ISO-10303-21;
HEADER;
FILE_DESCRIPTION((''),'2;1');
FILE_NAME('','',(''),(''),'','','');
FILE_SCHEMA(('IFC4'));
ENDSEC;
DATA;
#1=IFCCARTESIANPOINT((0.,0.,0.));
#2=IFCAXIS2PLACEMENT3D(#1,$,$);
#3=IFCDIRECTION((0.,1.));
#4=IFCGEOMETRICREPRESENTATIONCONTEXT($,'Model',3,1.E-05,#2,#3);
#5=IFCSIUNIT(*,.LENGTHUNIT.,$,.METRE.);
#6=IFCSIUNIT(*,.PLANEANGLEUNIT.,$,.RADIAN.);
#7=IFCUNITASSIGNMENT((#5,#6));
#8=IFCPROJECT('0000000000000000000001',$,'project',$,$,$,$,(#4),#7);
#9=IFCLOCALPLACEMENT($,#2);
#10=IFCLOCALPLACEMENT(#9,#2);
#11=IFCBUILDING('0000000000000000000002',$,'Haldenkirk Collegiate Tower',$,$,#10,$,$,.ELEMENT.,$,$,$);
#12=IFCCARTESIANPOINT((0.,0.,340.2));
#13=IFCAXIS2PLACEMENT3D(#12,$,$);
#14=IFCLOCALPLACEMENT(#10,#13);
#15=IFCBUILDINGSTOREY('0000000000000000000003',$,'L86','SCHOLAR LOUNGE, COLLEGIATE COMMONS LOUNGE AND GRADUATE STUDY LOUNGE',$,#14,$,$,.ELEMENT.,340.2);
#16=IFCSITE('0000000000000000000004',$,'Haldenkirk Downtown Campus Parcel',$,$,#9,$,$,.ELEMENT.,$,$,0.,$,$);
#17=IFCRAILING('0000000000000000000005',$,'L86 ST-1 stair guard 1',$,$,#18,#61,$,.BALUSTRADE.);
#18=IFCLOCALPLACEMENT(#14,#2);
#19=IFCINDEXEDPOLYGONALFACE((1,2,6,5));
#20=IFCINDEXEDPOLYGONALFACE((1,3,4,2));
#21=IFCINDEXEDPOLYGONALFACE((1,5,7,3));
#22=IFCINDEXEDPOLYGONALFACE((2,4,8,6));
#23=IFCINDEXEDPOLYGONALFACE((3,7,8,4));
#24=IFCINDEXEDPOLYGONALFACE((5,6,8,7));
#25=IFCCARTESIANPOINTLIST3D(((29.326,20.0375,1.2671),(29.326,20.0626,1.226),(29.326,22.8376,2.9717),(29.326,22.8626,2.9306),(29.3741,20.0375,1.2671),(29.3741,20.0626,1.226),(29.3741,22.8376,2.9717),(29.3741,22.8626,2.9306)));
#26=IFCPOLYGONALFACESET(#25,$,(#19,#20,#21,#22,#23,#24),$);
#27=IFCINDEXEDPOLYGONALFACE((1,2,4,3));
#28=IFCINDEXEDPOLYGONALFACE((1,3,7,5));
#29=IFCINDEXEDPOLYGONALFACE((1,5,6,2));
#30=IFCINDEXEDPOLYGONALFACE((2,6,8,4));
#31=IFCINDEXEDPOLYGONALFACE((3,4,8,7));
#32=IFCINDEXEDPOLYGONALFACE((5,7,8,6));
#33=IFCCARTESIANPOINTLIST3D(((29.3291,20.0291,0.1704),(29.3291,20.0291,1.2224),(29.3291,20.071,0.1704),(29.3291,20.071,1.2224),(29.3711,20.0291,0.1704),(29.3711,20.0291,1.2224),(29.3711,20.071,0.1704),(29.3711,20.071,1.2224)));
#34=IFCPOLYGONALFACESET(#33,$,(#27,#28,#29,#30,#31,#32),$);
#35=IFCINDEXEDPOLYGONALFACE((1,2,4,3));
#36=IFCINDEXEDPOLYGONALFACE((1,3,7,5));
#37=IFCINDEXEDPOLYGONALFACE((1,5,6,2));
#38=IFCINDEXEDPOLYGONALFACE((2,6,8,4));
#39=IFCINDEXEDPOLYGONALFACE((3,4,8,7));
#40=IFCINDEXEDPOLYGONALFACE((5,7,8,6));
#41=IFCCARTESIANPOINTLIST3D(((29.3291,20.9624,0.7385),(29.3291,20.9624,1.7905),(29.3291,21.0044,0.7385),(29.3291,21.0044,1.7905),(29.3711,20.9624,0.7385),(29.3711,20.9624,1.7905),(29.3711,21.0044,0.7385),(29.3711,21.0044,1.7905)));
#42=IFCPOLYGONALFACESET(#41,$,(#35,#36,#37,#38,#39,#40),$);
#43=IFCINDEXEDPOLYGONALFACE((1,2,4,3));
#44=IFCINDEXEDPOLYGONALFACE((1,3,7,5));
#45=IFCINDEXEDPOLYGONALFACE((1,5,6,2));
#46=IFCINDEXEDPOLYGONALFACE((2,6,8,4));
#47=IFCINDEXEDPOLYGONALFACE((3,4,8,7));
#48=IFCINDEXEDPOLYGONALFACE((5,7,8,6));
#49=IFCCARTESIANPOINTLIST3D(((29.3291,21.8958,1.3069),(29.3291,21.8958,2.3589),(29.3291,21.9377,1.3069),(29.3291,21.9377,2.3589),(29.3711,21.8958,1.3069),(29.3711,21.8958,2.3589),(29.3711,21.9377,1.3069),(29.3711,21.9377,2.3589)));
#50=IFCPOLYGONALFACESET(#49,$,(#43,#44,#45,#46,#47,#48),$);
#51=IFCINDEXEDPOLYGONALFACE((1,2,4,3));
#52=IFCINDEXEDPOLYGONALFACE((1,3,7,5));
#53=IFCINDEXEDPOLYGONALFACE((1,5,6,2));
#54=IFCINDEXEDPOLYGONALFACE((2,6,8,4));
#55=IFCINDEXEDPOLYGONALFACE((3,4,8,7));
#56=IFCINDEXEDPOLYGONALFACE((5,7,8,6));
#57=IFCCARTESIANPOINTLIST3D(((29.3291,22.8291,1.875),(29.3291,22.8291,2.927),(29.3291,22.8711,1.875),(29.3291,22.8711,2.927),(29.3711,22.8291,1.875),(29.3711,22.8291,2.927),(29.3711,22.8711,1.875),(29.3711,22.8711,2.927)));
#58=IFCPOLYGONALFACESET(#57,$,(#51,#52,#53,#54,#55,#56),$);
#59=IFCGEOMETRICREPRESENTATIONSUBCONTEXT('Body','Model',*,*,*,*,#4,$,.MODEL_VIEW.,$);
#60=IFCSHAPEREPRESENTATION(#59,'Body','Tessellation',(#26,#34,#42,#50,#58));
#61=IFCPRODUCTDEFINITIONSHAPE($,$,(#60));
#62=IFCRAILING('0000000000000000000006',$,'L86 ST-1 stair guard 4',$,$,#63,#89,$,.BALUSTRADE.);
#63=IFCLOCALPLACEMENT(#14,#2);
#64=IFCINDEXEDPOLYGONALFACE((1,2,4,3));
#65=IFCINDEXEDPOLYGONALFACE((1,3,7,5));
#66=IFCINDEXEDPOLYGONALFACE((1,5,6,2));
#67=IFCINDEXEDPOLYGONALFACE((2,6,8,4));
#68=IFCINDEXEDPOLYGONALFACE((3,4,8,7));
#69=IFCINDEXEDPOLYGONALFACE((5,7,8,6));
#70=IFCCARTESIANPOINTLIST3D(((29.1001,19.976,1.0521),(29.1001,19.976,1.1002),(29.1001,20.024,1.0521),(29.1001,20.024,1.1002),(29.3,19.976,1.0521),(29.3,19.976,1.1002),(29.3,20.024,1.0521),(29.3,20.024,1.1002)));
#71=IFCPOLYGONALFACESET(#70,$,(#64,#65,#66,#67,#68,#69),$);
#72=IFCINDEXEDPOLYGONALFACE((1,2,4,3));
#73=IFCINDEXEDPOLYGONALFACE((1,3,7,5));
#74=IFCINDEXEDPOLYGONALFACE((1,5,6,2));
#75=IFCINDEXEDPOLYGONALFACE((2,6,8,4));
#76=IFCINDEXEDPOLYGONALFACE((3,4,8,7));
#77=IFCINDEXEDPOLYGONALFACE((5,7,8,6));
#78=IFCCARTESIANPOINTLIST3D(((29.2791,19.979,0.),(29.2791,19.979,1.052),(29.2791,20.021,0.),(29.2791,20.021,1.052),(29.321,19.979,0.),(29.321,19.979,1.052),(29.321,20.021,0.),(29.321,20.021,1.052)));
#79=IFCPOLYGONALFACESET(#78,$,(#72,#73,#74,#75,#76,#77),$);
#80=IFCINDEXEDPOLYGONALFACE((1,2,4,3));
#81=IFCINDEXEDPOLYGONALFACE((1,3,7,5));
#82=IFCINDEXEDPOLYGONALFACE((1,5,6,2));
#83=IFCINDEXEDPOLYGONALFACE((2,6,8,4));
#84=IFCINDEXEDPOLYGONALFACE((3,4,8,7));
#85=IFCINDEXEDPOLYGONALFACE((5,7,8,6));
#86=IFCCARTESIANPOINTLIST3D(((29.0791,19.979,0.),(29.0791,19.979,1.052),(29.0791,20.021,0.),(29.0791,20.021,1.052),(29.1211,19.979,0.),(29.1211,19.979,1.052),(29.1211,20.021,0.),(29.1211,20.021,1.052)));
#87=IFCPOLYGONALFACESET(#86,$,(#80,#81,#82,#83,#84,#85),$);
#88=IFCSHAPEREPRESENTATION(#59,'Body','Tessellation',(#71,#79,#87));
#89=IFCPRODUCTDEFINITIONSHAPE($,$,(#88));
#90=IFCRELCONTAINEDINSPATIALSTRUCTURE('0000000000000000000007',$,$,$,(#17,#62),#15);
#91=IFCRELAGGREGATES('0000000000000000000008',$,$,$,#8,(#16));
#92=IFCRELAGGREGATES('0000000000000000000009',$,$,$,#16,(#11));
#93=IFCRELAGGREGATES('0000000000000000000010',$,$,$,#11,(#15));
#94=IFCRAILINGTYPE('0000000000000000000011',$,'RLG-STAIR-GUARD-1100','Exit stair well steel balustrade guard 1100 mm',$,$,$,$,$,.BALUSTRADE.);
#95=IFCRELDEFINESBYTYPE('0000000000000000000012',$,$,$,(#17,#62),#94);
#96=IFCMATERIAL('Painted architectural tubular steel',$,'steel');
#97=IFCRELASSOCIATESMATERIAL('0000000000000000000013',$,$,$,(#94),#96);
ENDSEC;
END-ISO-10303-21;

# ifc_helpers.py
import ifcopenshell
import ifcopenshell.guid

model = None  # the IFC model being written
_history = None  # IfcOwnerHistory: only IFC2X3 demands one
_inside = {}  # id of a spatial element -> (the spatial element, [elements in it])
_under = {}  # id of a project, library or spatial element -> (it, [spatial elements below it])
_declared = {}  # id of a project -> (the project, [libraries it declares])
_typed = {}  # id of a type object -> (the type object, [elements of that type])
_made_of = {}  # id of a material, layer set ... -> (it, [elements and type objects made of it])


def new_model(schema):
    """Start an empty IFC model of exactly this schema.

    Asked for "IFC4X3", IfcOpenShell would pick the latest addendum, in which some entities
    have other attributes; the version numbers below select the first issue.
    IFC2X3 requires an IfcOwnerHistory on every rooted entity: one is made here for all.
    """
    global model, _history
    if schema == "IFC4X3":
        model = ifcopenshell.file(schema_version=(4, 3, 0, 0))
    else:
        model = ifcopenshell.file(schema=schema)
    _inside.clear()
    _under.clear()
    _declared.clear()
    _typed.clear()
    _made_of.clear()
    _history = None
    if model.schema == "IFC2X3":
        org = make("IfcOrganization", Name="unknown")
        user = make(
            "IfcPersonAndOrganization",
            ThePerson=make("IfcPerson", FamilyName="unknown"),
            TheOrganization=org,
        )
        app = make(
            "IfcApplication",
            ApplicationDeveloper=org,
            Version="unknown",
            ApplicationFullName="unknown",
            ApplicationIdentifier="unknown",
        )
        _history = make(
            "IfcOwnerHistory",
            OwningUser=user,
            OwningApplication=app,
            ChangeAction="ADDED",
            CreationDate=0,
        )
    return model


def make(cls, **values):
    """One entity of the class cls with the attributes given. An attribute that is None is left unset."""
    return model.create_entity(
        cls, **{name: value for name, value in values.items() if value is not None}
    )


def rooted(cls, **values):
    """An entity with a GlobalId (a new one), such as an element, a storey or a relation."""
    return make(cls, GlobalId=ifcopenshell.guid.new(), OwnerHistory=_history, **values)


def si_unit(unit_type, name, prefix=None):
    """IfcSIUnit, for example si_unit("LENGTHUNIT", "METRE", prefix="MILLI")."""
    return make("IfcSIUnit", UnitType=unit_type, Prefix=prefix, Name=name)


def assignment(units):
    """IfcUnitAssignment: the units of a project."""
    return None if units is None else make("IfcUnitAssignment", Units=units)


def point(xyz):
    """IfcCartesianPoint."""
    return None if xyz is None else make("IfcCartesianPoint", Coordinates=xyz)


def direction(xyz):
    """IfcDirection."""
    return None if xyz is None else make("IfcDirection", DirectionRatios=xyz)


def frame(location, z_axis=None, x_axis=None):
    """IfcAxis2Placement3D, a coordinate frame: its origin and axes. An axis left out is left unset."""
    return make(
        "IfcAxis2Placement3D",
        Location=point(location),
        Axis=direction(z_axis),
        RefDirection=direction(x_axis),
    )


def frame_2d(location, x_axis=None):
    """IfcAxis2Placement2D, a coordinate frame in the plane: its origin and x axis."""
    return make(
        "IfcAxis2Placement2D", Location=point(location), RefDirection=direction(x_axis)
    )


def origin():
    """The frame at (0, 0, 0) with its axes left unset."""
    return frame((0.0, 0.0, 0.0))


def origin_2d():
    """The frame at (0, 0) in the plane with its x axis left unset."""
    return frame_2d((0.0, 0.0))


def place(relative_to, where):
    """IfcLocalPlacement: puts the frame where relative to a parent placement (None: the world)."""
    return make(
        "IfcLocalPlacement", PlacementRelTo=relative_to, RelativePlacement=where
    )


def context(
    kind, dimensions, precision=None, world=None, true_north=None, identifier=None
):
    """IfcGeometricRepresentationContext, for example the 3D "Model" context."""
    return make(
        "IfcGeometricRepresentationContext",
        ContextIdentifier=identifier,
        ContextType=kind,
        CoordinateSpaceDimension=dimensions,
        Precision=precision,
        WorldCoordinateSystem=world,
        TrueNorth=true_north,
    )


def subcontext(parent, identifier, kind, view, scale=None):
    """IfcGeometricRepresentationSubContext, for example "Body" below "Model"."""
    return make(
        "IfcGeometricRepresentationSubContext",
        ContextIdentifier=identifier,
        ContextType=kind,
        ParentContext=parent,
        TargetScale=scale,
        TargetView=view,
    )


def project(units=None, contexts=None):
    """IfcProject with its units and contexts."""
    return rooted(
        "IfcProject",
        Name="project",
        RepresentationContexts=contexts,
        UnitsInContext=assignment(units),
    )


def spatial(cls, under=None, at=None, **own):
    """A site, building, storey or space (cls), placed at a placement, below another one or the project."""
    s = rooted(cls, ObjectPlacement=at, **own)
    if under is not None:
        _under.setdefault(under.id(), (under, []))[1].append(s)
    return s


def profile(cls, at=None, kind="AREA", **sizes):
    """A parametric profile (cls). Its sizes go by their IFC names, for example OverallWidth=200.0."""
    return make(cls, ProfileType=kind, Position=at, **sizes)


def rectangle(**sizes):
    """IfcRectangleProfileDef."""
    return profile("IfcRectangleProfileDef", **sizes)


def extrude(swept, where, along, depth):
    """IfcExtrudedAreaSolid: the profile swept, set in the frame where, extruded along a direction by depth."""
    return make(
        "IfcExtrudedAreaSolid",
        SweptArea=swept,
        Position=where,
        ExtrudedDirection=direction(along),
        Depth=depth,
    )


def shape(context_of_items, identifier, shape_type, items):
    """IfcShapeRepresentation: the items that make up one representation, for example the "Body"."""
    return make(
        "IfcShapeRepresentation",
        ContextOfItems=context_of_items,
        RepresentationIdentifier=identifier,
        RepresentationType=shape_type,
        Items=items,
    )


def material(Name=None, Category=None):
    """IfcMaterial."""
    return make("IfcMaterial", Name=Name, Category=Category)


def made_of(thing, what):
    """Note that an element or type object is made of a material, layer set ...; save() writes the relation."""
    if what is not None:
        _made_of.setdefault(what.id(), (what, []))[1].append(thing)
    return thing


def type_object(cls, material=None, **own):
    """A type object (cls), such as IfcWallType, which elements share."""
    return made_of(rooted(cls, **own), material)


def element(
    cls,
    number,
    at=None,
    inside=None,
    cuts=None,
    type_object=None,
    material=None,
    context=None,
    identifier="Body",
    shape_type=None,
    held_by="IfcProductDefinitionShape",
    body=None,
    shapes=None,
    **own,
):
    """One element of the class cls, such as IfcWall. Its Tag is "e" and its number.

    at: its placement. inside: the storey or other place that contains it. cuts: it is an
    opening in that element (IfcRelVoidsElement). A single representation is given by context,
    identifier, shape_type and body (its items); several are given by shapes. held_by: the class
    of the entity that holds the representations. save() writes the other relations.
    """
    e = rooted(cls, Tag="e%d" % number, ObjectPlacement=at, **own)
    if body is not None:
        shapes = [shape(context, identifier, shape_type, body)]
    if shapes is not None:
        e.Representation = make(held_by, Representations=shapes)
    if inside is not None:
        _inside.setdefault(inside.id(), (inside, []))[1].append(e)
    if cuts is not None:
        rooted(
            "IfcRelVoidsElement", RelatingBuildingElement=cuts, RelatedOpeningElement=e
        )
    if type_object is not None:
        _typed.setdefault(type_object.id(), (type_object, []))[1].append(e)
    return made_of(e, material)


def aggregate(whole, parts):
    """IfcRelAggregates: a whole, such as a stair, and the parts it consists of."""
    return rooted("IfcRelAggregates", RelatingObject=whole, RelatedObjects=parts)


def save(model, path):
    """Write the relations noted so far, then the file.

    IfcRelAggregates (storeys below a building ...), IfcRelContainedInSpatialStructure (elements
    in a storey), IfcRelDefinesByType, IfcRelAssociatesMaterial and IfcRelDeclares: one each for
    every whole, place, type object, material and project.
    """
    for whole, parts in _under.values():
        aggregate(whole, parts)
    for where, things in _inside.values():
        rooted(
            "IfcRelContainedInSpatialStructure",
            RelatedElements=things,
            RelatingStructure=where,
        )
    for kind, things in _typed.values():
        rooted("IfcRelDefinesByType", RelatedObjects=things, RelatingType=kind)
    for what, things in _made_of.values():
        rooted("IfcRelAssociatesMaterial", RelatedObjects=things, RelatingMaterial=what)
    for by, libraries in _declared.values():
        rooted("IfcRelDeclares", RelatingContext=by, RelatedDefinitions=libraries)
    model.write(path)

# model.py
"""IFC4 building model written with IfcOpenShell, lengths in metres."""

from ifc_helpers import new_model, si_unit, direction, frame, origin, origin_2d, place, context, subcontext, project, spatial, rectangle, extrude, material, type_object, element, save


model = new_model("IFC4")

# Units and contexts
model_context = context("Model", 3, precision=1e-05, world=origin(), true_north=direction((0.0, 1.0)))
body_context = subcontext(model_context, "Body", "Model", "MODEL_VIEW")
ifc_project = project(units=[si_unit("LENGTHUNIT", "METRE"), si_unit("PLANEANGLEUNIT", "RADIAN")], contexts=[model_context])

# Site, building, storey
site_placement = place(None, origin())
site = spatial("IfcSite", under=ifc_project, at=site_placement, Name="Haldenkirk Downtown Campus Parcel", CompositionType="ELEMENT", RefElevation=0.0)
building_placement = place(site_placement, origin())
building = spatial("IfcBuilding", under=site, at=building_placement, Name="Haldenkirk Collegiate Tower", CompositionType="ELEMENT")
storey_placement = place(building_placement, frame((0.0, 0.0, 340.2)))
storey = spatial("IfcBuildingStorey", under=building, at=storey_placement, Name="L86", Description="SCHOLAR LOUNGE, COLLEGIATE COMMONS LOUNGE AND GRADUATE STUDY LOUNGE", CompositionType="ELEMENT", Elevation=340.2)

# Railings
ifc_material_1 = material(Name="Painted architectural tubular steel", Category="steel")
railing_type = type_object("IfcRailingType", Name="RLG-STAIR-GUARD-1100", Description="Exit stair well steel balustrade guard 1100 mm", PredefinedType="BALUSTRADE", material=ifc_material_1)
railing_1_placement = place(storey_placement, frame((29.3501, 20.05, 0.1704)))
element("IfcRailing", 1, at=railing_1_placement, inside=storey, type_object=railing_type, Name="L86 ST-1 stair guard 1", PredefinedType="BALUSTRADE", context=body_context, shape_type="SweptSolid", body=[
    extrude(rectangle(XDim=0.0481, YDim=0.0481, at=origin_2d()), frame((0.0, 0.0, 1.0762), z_axis=(0.0, 0.85417, 0.519994), x_axis=(-1.0, 0.0, 0.0)), (0.0, 0.0, 1.0), 3.2781),
    extrude(rectangle(XDim=0.042, YDim=0.042, at=origin_2d()), origin(), (0.0, 0.0, 1.0), 1.052),
    extrude(rectangle(XDim=0.042, YDim=0.042, at=origin_2d()), frame((0.0, 0.9333, 0.5681)), (0.0, 0.0, 1.0), 1.052),
    extrude(rectangle(XDim=0.042, YDim=0.042, at=origin_2d()), frame((0.0, 1.8667, 1.1365)), (0.0, 0.0, 1.0), 1.052),
    extrude(rectangle(XDim=0.042, YDim=0.042, at=origin_2d()), frame((0.0, 2.8, 1.7046)), (0.0, 0.0, 1.0), 1.052),
])
railing_2_placement = place(storey_placement, frame((29.3, 20.0, 0.0)))
element("IfcRailing", 2, at=railing_2_placement, inside=storey, type_object=railing_type, Name="L86 ST-1 stair guard 4", PredefinedType="BALUSTRADE", context=body_context, shape_type="SweptSolid", body=[
    extrude(rectangle(XDim=0.0481, YDim=0.0481, at=origin_2d()), frame((0.0, 0.0, 1.0762), z_axis=(-1.0, 0.0, 0.0), x_axis=(0.0, -1.0, 0.0)), (0.0, 0.0, 1.0), 0.2),
    extrude(rectangle(XDim=0.042, YDim=0.042, at=origin_2d()), origin(), (0.0, 0.0, 1.0), 1.052),
    extrude(rectangle(XDim=0.042, YDim=0.042, at=origin_2d()), frame((-0.2, 0.0, 0.0)), (0.0, 0.0, 1.0), 1.052),
])

save(model, "model.ifc")
